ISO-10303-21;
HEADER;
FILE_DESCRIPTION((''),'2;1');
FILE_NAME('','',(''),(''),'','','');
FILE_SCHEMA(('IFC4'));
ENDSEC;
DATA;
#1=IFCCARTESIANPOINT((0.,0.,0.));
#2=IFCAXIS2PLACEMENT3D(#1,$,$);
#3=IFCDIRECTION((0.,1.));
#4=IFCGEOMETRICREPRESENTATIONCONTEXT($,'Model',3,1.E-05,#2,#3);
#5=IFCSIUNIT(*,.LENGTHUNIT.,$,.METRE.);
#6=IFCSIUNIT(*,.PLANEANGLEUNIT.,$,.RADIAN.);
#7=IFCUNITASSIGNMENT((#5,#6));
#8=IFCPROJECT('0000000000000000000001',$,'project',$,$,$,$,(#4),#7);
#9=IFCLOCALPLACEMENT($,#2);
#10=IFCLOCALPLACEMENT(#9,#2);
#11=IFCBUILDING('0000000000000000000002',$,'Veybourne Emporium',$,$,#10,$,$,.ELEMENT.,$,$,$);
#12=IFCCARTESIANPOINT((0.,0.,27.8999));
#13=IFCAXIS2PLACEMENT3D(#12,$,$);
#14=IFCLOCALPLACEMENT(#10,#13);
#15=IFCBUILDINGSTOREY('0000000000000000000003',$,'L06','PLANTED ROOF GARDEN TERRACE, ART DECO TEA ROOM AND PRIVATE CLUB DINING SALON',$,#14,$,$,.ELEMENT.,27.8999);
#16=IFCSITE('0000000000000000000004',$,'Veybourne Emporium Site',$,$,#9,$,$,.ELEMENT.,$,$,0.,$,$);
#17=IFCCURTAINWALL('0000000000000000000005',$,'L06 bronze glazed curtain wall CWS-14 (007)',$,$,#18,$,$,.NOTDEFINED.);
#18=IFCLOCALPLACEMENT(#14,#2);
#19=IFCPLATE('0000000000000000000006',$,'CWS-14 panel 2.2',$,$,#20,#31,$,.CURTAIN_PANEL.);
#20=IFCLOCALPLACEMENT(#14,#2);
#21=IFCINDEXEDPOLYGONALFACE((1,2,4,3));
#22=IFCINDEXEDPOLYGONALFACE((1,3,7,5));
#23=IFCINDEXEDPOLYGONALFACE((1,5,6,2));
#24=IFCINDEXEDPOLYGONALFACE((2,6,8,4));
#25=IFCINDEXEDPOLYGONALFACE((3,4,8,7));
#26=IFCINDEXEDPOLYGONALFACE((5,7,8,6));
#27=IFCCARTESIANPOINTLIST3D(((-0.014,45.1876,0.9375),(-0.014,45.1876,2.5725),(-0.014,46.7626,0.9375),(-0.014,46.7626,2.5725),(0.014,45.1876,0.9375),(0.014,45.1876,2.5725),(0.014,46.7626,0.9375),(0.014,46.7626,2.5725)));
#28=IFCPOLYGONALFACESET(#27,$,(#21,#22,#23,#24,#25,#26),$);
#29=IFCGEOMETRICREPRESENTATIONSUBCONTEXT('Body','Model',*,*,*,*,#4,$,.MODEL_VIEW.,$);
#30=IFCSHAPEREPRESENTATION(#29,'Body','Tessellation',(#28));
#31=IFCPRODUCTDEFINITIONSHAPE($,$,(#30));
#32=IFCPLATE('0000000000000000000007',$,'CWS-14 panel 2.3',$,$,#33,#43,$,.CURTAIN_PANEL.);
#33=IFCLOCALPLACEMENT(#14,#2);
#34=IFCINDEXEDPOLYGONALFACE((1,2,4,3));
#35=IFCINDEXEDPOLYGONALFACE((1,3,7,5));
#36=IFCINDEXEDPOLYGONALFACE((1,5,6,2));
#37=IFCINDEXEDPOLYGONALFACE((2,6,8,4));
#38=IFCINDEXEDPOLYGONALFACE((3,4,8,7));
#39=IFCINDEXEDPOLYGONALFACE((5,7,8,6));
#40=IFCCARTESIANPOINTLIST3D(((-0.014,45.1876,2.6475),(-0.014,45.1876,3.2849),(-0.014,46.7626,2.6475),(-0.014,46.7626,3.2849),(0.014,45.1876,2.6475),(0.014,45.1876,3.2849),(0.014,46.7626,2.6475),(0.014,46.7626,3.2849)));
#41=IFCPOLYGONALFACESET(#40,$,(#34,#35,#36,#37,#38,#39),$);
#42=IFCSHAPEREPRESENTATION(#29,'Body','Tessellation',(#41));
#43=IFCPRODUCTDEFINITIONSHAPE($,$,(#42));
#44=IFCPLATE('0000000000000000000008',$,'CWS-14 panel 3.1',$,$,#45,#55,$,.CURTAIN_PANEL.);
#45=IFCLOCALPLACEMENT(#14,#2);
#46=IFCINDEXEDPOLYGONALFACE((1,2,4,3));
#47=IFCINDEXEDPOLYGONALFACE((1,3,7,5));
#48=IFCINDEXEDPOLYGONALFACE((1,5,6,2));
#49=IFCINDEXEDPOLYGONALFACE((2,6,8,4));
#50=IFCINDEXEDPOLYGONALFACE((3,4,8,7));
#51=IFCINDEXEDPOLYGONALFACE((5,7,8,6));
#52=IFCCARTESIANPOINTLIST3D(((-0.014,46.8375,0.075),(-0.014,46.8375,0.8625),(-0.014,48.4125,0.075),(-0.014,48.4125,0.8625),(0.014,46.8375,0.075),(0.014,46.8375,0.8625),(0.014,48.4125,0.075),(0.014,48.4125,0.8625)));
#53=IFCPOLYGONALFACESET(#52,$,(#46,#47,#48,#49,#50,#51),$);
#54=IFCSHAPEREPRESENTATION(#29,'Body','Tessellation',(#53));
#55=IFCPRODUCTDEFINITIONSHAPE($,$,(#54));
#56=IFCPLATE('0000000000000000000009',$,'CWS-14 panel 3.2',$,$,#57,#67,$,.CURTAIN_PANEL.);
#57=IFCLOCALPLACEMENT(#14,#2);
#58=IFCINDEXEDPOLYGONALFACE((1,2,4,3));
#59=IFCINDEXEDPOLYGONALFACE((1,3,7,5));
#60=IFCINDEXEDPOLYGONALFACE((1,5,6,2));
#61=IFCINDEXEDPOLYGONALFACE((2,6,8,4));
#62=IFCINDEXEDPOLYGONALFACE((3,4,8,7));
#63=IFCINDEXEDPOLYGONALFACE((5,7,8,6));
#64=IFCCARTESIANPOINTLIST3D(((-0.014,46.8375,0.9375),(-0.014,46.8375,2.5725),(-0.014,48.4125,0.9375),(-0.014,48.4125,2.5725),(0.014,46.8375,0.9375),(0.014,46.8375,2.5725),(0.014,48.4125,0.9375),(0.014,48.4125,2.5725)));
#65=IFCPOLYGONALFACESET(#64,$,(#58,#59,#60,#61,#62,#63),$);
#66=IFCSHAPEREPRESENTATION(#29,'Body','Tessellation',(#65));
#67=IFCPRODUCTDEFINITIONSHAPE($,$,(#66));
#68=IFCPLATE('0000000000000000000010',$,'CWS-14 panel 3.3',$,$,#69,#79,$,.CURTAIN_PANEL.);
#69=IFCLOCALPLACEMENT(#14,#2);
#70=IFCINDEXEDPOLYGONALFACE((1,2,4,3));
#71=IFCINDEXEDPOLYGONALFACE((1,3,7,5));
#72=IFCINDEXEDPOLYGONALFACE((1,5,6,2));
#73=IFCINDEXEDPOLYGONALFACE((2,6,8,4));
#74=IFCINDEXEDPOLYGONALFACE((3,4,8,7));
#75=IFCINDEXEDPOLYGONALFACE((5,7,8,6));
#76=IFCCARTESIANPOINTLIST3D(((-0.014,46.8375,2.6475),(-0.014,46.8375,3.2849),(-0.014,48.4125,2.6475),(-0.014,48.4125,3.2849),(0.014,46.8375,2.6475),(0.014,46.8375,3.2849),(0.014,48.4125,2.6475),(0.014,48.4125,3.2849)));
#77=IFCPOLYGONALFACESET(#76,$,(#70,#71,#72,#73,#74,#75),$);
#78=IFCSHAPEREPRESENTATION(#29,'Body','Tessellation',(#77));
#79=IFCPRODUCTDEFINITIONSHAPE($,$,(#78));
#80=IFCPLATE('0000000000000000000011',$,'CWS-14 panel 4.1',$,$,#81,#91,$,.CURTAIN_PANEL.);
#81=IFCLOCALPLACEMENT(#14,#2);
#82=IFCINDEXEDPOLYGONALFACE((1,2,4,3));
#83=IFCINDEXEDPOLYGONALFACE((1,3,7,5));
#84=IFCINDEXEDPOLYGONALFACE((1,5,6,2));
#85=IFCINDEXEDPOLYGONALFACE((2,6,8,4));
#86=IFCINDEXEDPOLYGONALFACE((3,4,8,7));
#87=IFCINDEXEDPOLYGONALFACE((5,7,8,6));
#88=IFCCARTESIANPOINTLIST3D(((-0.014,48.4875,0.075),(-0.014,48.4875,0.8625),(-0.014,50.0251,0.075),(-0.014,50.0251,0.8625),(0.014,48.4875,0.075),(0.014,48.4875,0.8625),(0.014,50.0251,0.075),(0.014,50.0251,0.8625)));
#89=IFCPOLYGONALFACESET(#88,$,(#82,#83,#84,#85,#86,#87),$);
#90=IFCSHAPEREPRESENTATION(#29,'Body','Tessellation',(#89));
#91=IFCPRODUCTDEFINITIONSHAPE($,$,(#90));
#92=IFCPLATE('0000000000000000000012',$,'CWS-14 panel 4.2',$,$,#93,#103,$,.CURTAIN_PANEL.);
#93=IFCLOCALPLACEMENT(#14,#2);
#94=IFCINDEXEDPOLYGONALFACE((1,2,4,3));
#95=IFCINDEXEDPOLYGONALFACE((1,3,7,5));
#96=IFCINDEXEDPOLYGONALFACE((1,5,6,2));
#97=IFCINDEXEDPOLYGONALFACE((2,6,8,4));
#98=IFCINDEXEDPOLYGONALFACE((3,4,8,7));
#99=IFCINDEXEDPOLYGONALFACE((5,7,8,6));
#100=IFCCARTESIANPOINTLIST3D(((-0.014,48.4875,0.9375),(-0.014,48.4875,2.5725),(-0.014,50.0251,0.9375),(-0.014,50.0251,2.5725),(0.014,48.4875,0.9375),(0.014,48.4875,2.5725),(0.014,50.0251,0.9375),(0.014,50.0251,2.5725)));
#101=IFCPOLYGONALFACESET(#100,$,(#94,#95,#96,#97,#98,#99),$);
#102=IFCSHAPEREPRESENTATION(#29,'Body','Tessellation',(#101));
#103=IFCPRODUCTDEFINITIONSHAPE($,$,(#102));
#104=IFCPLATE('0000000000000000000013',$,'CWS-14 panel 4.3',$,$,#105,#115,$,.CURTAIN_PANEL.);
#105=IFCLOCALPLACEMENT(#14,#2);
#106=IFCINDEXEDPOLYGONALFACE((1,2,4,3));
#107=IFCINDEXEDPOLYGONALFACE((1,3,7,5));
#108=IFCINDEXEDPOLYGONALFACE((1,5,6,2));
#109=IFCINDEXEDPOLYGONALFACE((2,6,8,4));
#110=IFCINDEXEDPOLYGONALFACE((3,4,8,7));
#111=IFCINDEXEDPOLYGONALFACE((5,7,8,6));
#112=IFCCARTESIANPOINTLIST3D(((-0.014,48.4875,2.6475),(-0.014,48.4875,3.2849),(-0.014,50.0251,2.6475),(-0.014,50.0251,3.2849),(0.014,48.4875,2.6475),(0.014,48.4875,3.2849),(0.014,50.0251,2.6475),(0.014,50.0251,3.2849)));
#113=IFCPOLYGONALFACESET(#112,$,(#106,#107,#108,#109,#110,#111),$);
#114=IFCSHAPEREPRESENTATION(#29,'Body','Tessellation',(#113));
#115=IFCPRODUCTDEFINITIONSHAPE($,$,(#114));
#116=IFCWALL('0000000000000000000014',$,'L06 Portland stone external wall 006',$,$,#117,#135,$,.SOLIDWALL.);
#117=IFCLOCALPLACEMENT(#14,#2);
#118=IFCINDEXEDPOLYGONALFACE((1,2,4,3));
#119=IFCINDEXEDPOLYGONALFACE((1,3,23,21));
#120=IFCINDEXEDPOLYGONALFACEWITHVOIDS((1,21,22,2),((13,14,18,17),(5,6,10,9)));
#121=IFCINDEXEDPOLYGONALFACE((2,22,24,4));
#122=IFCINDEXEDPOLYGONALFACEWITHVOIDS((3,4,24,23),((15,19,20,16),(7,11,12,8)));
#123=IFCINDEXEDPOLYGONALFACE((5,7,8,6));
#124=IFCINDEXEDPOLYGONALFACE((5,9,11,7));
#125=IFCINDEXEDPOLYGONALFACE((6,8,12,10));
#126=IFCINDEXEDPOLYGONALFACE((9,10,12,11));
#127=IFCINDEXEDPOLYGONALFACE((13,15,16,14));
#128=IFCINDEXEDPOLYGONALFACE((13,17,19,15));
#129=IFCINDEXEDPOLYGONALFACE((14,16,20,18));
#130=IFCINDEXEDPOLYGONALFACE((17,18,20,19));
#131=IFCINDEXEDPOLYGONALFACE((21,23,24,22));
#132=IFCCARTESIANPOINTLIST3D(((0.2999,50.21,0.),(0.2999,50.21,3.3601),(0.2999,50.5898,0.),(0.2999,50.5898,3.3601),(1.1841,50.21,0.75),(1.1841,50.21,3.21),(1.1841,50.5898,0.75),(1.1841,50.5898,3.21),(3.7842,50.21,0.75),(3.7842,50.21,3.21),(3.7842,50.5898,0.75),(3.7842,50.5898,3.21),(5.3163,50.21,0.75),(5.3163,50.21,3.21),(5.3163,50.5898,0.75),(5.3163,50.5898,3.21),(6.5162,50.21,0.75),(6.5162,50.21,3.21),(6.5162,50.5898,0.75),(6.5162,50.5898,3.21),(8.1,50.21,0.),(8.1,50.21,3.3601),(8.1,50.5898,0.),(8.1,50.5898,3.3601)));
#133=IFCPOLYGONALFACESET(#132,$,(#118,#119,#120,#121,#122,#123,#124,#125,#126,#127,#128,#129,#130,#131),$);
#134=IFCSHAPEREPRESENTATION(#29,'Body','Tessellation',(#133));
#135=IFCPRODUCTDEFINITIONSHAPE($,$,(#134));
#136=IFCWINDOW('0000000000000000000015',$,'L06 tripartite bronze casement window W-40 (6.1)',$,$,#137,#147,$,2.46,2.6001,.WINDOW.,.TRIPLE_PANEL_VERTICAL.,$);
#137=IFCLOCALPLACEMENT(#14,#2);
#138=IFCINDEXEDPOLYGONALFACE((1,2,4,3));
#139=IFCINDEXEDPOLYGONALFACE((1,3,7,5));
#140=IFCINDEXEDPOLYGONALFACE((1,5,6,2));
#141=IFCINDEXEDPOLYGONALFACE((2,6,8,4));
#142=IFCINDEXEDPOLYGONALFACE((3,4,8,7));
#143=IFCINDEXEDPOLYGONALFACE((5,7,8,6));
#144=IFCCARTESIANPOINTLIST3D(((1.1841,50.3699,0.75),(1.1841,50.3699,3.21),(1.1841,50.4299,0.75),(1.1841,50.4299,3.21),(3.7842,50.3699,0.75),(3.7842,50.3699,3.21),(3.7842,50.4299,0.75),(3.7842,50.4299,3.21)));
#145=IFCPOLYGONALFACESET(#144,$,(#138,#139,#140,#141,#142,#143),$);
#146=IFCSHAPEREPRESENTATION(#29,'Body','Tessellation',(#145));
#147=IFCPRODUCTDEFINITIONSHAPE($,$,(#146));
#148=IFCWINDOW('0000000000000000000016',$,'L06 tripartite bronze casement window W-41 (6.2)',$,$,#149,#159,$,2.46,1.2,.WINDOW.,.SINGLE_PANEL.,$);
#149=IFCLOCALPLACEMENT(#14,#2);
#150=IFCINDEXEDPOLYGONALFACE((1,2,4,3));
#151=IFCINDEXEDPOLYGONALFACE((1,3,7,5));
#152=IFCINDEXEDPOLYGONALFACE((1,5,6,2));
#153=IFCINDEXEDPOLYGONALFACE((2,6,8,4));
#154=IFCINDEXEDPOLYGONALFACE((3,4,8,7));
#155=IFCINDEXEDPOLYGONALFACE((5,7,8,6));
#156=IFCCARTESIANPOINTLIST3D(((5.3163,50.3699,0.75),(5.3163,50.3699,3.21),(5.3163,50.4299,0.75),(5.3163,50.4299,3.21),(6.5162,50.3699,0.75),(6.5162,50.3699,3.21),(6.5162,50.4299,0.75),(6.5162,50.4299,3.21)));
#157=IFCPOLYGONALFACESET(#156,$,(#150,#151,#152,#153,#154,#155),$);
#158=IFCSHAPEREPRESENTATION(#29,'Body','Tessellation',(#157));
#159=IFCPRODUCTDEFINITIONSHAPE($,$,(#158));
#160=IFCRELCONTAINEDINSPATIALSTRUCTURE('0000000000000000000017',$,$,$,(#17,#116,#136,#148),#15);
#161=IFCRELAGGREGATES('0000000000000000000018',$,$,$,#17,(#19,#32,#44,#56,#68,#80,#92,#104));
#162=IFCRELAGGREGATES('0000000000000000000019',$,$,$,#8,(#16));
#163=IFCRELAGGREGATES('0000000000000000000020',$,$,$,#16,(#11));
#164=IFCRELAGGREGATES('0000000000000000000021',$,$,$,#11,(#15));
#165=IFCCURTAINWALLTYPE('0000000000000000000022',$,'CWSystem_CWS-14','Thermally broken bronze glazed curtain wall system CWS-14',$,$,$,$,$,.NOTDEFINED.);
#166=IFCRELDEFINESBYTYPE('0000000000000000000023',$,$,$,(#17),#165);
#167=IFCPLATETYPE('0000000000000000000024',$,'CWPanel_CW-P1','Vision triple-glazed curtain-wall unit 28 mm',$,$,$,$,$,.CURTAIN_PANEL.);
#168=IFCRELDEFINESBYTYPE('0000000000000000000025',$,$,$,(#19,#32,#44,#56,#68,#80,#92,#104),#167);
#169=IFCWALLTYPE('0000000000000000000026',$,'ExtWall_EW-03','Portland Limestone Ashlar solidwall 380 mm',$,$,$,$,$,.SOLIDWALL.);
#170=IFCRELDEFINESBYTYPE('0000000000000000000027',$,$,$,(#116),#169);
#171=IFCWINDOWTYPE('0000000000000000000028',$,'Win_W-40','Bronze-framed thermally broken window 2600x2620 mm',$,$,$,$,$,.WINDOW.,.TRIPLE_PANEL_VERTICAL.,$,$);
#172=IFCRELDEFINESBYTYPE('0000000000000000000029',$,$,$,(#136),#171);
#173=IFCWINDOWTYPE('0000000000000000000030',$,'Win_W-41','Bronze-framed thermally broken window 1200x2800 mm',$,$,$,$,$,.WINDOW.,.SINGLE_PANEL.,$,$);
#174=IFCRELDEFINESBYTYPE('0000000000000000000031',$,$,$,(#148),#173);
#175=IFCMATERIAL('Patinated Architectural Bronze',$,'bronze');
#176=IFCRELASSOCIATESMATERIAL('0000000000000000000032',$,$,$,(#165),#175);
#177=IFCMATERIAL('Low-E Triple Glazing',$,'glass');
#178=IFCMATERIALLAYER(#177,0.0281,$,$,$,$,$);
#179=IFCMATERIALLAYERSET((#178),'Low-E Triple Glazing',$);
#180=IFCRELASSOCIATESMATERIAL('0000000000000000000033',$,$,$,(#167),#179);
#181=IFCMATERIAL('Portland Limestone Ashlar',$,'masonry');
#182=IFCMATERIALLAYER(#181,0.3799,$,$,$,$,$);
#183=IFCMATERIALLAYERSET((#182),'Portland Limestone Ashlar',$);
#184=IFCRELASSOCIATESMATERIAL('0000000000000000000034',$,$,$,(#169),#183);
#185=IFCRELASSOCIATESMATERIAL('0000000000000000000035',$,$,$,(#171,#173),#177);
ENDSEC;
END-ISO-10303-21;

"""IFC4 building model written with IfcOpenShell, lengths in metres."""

from ifc_helpers import new_model, si_unit, direction, frame, frame_2d, origin, origin_2d, place, context, subcontext, project, spatial, rectangle, extrude, material, layer, layer_set, type_object, element, fill, aggregate, save


model = new_model("IFC4")

# Units and contexts
model_context = context("Model", 3, precision=1e-05, world=origin(), true_north=direction((0.0, 1.0)))
body_context = subcontext(model_context, "Body", "Model", "MODEL_VIEW")
ifc_project = project(units=[si_unit("LENGTHUNIT", "METRE"), si_unit("PLANEANGLEUNIT", "RADIAN")], contexts=[model_context])

# Site, building, storey
site_placement = place(None, origin())
site = spatial("IfcSite", under=ifc_project, at=site_placement, Name="Veybourne Emporium Site", CompositionType="ELEMENT", RefElevation=0.0)
building_placement = place(site_placement, origin())
building = spatial("IfcBuilding", under=site, at=building_placement, Name="Veybourne Emporium", CompositionType="ELEMENT")
storey_placement = place(building_placement, frame((0.0, 0.0, 27.8999)))
storey = spatial("IfcBuildingStorey", under=building, at=storey_placement, Name="L06", Description="PLANTED ROOF GARDEN TERRACE, ART DECO TEA ROOM AND PRIVATE CLUB DINING SALON", CompositionType="ELEMENT", Elevation=27.8999)

# Curtain wall
ifc_material_1 = material(Name="Patinated Architectural Bronze", Category="bronze")
curtain_wall_type = type_object("IfcCurtainWallType", Name="CWSystem_CWS-14", Description="Thermally broken bronze glazed curtain wall system CWS-14", PredefinedType="NOTDEFINED", material=ifc_material_1)
curtain_wall_placement = place(storey_placement, origin())
curtain_wall = element("IfcCurtainWall", 1, at=curtain_wall_placement, inside=storey, type_object=curtain_wall_type, Name="L06 bronze glazed curtain wall CWS-14 (007)", PredefinedType="NOTDEFINED")

# Plates
ifc_material_2 = material(Name="Low-E Triple Glazing", Category="glass")
ifc_layer_1 = layer(ifc_material_2, 0.0281)
ifc_layer_set_1 = layer_set([ifc_layer_1], Name="Low-E Triple Glazing")
plate_type = type_object("IfcPlateType", Name="CWPanel_CW-P1", Description="Vision triple-glazed curtain-wall unit 28 mm", PredefinedType="CURTAIN_PANEL", material=ifc_layer_set_1)
plate_1_placement = place(storey_placement, frame((0.0, 45.9751, 0.9375), z_axis=(0.0, 0.0, 1.0), x_axis=(0.0, 1.0, 0.0)))
plate_1 = element("IfcPlate", 2, at=plate_1_placement, type_object=plate_type, Name="CWS-14 panel 2.2", PredefinedType="CURTAIN_PANEL", context=body_context, shape_type="SweptSolid", body=[
    extrude(rectangle(XDim=1.575, YDim=0.0281, at=origin_2d()), origin(), (0.0, 0.0, 1.0), 1.635),
])
plate_2_placement = place(storey_placement, frame((0.0, 45.9751, 2.6475), z_axis=(0.0, 0.0, 1.0), x_axis=(0.0, 1.0, 0.0)))
plate_2 = element("IfcPlate", 3, at=plate_2_placement, type_object=plate_type, Name="CWS-14 panel 2.3", PredefinedType="CURTAIN_PANEL", context=body_context, shape_type="SweptSolid", body=[
    extrude(rectangle(XDim=1.575, YDim=0.0281, at=origin_2d()), origin(), (0.0, 0.0, 1.0), 0.6375),
])
plate_3_placement = place(storey_placement, frame((0.0, 47.625, 0.075), z_axis=(0.0, 0.0, 1.0), x_axis=(0.0, 1.0, 0.0)))
plate_3 = element("IfcPlate", 4, at=plate_3_placement, type_object=plate_type, Name="CWS-14 panel 3.1", PredefinedType="CURTAIN_PANEL", context=body_context, shape_type="SweptSolid", body=[
    extrude(rectangle(XDim=1.575, YDim=0.0281, at=origin_2d()), origin(), (0.0, 0.0, 1.0), 0.7876),
])
plate_4_placement = place(storey_placement, frame((0.0, 47.625, 0.9375), z_axis=(0.0, 0.0, 1.0), x_axis=(0.0, 1.0, 0.0)))
plate_4 = element("IfcPlate", 5, at=plate_4_placement, type_object=plate_type, Name="CWS-14 panel 3.2", PredefinedType="CURTAIN_PANEL", context=body_context, shape_type="SweptSolid", body=[
    extrude(rectangle(XDim=1.575, YDim=0.0281, at=origin_2d()), origin(), (0.0, 0.0, 1.0), 1.635),
])
plate_5_placement = place(storey_placement, frame((0.0, 47.625, 2.6475), z_axis=(0.0, 0.0, 1.0), x_axis=(0.0, 1.0, 0.0)))
plate_5 = element("IfcPlate", 6, at=plate_5_placement, type_object=plate_type, Name="CWS-14 panel 3.3", PredefinedType="CURTAIN_PANEL", context=body_context, shape_type="SweptSolid", body=[
    extrude(rectangle(XDim=1.575, YDim=0.0281, at=origin_2d()), origin(), (0.0, 0.0, 1.0), 0.6375),
])
plate_6_placement = place(storey_placement, frame((0.0, 49.2563, 0.075), z_axis=(0.0, 0.0, 1.0), x_axis=(0.0, 1.0, 0.0)))
plate_6 = element("IfcPlate", 7, at=plate_6_placement, type_object=plate_type, Name="CWS-14 panel 4.1", PredefinedType="CURTAIN_PANEL", context=body_context, shape_type="SweptSolid", body=[
    extrude(rectangle(XDim=1.5376, YDim=0.0281, at=origin_2d()), origin(), (0.0, 0.0, 1.0), 0.7876),
])
plate_7_placement = place(storey_placement, frame((0.0, 49.2563, 0.9375), z_axis=(0.0, 0.0, 1.0), x_axis=(0.0, 1.0, 0.0)))
plate_7 = element("IfcPlate", 8, at=plate_7_placement, type_object=plate_type, Name="CWS-14 panel 4.2", PredefinedType="CURTAIN_PANEL", context=body_context, shape_type="SweptSolid", body=[
    extrude(rectangle(XDim=1.5376, YDim=0.0281, at=origin_2d()), origin(), (0.0, 0.0, 1.0), 1.635),
])
plate_8_placement = place(storey_placement, frame((0.0, 49.2563, 2.6475), z_axis=(0.0, 0.0, 1.0), x_axis=(0.0, 1.0, 0.0)))
plate_8 = element("IfcPlate", 9, at=plate_8_placement, type_object=plate_type, Name="CWS-14 panel 4.3", PredefinedType="CURTAIN_PANEL", context=body_context, shape_type="SweptSolid", body=[
    extrude(rectangle(XDim=1.5376, YDim=0.0281, at=origin_2d()), origin(), (0.0, 0.0, 1.0), 0.6375),
])
aggregate(curtain_wall, [plate_1, plate_2, plate_3, plate_4, plate_5, plate_6, plate_7, plate_8])

# Wall, openings, windows
ifc_material_3 = material(Name="Portland Limestone Ashlar", Category="masonry")
ifc_layer_2 = layer(ifc_material_3, 0.3799)
ifc_layer_set_2 = layer_set([ifc_layer_2], Name="Portland Limestone Ashlar")
wall_type_1 = type_object("IfcWallType", Name="ExtWall_EW-03", Description="Portland Limestone Ashlar solidwall 380 mm", PredefinedType="SOLIDWALL", material=ifc_layer_set_2)
wall_1_placement = place(storey_placement, frame((0.3, 50.3999, 0.0), z_axis=(0.0, 0.0, 1.0), x_axis=(1.0, 0.0, 0.0)))
wall_1 = element("IfcWall", 10, at=wall_1_placement, inside=storey, type_object=wall_type_1, Name="L06 Portland stone external wall 006", PredefinedType="SOLIDWALL", context=body_context, shape_type="SweptSolid", body=[
    extrude(rectangle(XDim=7.8, YDim=0.3799, at=frame_2d((3.8999, 0.0))), origin(), (0.0, 0.0, 1.0), 3.3601),
])
opening_1_placement = place(wall_1_placement, frame((0.884, 0.0, 0.75)))
opening_1 = element("IfcOpeningElement", 11, at=opening_1_placement, cuts=wall_1, PredefinedType="OPENING", context=body_context, shape_type="SweptSolid", body=[
    extrude(rectangle(XDim=2.6001, YDim=2.46, at=frame_2d((1.3, 1.23))), frame((0.0, 0.21, 0.0), z_axis=(0.0, -1.0, 0.0), x_axis=(1.0, 0.0, 0.0)), (0.0, 0.0, 1.0), 0.4199),
])
opening_2_placement = place(wall_1_placement, frame((5.0161, 0.0, 0.75)))
opening_2 = element("IfcOpeningElement", 12, at=opening_2_placement, cuts=wall_1, PredefinedType="OPENING", context=body_context, shape_type="SweptSolid", body=[
    extrude(rectangle(XDim=1.2, YDim=2.46, at=frame_2d((0.6001, 1.23))), frame((0.0, 0.21, 0.0), z_axis=(0.0, -1.0, 0.0), x_axis=(1.0, 0.0, 0.0)), (0.0, 0.0, 1.0), 0.4199),
])
window_type_1 = type_object("IfcWindowType", Name="Win_W-40", Description="Bronze-framed thermally broken window 2600x2620 mm", PartitioningType="TRIPLE_PANEL_VERTICAL", PredefinedType="WINDOW", material=ifc_material_2)
window_1_placement = place(opening_1_placement, origin())
window_1 = element("IfcWindow", 13, at=window_1_placement, inside=storey, type_object=window_type_1, Name="L06 tripartite bronze casement window W-40 (6.1)", OverallHeight=2.46, OverallWidth=2.6001, PartitioningType="TRIPLE_PANEL_VERTICAL", PredefinedType="WINDOW", context=body_context, shape_type="SweptSolid", body=[
    extrude(rectangle(XDim=2.6001, YDim=2.46, at=frame_2d((1.3, 1.23))), frame((0.0, 0.03, 0.0), z_axis=(0.0, -1.0, 0.0), x_axis=(1.0, 0.0, 0.0)), (0.0, 0.0, 1.0), 0.0601),
])
fill(opening_1, window_1)
window_type_2 = type_object("IfcWindowType", Name="Win_W-41", Description="Bronze-framed thermally broken window 1200x2800 mm", PartitioningType="SINGLE_PANEL", PredefinedType="WINDOW", material=ifc_material_2)
window_2_placement = place(opening_2_placement, origin())
window_2 = element("IfcWindow", 14, at=window_2_placement, inside=storey, type_object=window_type_2, Name="L06 tripartite bronze casement window W-41 (6.2)", OverallHeight=2.46, OverallWidth=1.2, PartitioningType="SINGLE_PANEL", PredefinedType="WINDOW", context=body_context, shape_type="SweptSolid", body=[
    extrude(rectangle(XDim=1.2, YDim=2.46, at=frame_2d((0.6001, 1.23))), frame((0.0, 0.03, 0.0), z_axis=(0.0, -1.0, 0.0), x_axis=(1.0, 0.0, 0.0)), (0.0, 0.0, 1.0), 0.0601),
])
fill(opening_2, window_2)

save(model, "model.ifc")
